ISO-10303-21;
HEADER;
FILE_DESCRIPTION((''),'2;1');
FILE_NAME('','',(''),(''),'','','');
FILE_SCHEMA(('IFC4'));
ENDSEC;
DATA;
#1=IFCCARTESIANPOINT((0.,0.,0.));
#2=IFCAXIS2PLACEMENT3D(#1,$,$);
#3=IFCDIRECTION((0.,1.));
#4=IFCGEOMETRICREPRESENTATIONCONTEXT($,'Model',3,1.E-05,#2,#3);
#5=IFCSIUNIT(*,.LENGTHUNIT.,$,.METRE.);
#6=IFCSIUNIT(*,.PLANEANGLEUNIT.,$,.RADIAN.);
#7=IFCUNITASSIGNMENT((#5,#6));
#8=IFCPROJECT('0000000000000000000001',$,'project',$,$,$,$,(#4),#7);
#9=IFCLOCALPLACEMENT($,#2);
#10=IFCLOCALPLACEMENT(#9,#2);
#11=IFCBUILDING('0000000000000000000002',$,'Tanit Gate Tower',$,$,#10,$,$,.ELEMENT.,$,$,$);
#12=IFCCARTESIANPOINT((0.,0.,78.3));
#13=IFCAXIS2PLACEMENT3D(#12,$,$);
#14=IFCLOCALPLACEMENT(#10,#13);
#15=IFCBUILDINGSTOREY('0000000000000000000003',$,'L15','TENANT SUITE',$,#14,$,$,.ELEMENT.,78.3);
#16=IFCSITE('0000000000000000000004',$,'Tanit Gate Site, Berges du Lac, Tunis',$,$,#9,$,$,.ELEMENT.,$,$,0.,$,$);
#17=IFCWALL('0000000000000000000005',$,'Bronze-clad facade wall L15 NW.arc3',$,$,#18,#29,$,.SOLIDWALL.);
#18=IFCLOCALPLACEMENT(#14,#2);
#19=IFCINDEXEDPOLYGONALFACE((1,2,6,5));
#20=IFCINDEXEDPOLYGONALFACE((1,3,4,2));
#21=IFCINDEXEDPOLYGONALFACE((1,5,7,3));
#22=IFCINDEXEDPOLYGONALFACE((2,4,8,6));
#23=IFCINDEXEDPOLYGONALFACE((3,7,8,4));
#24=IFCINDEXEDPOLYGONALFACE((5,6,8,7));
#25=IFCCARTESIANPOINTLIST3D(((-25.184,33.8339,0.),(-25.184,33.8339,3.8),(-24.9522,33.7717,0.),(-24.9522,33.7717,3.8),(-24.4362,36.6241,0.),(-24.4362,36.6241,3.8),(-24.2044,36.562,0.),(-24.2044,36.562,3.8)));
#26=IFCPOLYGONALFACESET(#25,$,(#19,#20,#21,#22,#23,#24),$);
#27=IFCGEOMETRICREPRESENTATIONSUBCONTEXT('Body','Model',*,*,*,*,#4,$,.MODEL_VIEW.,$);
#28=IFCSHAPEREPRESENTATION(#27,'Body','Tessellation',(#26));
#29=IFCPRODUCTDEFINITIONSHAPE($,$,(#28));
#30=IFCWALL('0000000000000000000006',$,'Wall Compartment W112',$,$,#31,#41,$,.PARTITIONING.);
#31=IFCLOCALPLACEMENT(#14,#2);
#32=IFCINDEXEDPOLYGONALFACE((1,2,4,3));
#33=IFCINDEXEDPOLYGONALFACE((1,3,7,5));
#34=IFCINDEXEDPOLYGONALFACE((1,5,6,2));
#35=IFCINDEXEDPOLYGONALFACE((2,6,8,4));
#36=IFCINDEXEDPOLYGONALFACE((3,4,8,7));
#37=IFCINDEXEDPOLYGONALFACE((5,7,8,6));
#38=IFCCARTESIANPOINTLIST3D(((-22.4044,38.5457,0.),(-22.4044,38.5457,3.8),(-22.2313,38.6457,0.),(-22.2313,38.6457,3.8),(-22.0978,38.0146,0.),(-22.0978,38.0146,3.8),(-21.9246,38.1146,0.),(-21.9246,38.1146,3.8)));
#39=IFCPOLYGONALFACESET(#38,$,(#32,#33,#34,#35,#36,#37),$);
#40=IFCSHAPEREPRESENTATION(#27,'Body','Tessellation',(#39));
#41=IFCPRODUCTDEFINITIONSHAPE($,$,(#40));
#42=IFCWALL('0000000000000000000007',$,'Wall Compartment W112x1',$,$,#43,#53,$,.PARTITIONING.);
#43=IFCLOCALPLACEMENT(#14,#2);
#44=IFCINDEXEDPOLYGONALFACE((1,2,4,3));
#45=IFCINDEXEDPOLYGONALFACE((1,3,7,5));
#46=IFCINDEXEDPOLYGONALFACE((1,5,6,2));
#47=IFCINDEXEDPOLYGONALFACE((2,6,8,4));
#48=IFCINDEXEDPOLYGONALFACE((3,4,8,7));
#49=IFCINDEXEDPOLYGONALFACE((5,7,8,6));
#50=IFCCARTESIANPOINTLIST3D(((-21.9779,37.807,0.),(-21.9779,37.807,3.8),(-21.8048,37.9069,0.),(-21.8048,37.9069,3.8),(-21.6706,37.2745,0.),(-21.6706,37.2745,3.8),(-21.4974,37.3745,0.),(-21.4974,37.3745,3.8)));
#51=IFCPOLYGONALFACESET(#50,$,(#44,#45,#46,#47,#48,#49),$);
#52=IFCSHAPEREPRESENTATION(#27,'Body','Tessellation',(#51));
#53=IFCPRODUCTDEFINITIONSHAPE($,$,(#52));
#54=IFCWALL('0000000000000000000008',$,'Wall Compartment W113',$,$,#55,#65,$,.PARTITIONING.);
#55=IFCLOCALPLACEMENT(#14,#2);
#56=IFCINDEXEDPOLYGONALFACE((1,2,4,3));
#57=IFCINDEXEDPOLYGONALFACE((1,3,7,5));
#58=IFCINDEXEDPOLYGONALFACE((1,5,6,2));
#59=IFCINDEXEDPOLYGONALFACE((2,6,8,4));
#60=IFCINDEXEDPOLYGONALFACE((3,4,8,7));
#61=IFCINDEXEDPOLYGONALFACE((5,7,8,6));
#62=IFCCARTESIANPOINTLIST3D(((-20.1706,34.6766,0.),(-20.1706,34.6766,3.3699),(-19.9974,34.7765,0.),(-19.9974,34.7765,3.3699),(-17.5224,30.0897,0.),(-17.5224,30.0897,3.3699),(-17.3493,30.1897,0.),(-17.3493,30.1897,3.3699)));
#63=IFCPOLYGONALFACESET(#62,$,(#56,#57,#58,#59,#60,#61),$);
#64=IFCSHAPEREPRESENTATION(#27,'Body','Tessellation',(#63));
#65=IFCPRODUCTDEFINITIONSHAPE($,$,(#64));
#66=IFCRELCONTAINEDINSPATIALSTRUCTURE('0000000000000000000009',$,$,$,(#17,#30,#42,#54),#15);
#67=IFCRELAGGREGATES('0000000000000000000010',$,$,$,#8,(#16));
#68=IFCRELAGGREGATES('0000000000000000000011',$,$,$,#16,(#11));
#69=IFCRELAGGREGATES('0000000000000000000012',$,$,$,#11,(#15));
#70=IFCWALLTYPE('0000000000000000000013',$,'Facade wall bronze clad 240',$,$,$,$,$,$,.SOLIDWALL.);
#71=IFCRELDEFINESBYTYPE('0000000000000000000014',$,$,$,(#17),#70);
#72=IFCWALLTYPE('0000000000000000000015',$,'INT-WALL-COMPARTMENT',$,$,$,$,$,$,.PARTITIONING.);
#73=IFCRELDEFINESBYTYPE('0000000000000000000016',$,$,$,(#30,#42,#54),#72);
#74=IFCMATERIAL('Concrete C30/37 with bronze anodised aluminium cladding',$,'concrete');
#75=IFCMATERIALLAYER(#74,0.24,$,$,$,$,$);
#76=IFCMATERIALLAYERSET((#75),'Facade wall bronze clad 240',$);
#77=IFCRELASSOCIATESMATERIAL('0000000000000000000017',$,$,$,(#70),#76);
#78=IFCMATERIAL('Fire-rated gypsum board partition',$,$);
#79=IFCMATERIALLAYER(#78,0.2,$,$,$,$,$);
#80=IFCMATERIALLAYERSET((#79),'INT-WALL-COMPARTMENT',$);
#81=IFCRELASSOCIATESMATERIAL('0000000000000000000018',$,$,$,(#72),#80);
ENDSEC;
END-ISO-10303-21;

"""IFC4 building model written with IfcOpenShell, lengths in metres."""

from ifc_helpers import new_model, si_unit, direction, frame, frame_2d, origin, place, context, subcontext, project, spatial, rectangle, extrude, material, layer, layer_set, type_object, element, save


model = new_model("IFC4")

# Units and contexts
model_context = context("Model", 3, precision=1e-05, world=origin(), true_north=direction((0.0, 1.0)))
body_context = subcontext(model_context, "Body", "Model", "MODEL_VIEW")
ifc_project = project(units=[si_unit("LENGTHUNIT", "METRE"), si_unit("PLANEANGLEUNIT", "RADIAN")], contexts=[model_context])

# Site, building, storey
site_placement = place(None, origin())
site = spatial("IfcSite", under=ifc_project, at=site_placement, Name="Tanit Gate Site, Berges du Lac, Tunis", CompositionType="ELEMENT", RefElevation=0.0)
building_placement = place(site_placement, origin())
building = spatial("IfcBuilding", under=site, at=building_placement, Name="Tanit Gate Tower", CompositionType="ELEMENT")
storey_placement = place(building_placement, frame((0.0, 0.0, 78.3)))
storey = spatial("IfcBuildingStorey", under=building, at=storey_placement, Name="L15", Description="TENANT SUITE", CompositionType="ELEMENT", Elevation=78.3)

# Walls
ifc_material_1 = material(Name="Concrete C30/37 with bronze anodised aluminium cladding", Category="concrete")
ifc_layer_1 = layer(ifc_material_1, 0.24)
ifc_layer_set_1 = layer_set([ifc_layer_1], Name="Facade wall bronze clad 240")
wall_type_1 = type_object("IfcWallType", Name="Facade wall bronze clad 240", PredefinedType="SOLIDWALL", material=ifc_layer_set_1)
wall_1_placement = place(storey_placement, frame((-24.3203, 36.593, 0.0), z_axis=(0.0, 0.0, 1.0), x_axis=(-0.258867, -0.965913, 0.0)))
element("IfcWall", 1, at=wall_1_placement, inside=storey, type_object=wall_type_1, Name="Bronze-clad facade wall L15 NW.arc3", PredefinedType="SOLIDWALL", context=body_context, shape_type="SweptSolid", body=[
    extrude(rectangle(XDim=2.8887, YDim=0.24, at=frame_2d((1.4443, 0.0))), origin(), (0.0, 0.0, 1.0), 3.8),
])
ifc_material_2 = material(Name="Fire-rated gypsum board partition")
ifc_layer_2 = layer(ifc_material_2, 0.2)
ifc_layer_set_2 = layer_set([ifc_layer_2], Name="INT-WALL-COMPARTMENT")
wall_type_2 = type_object("IfcWallType", Name="INT-WALL-COMPARTMENT", PredefinedType="PARTITIONING", material=ifc_layer_set_2)
wall_2_placement = place(storey_placement, frame((-22.3179, 38.5957, 0.0), z_axis=(0.0, 0.0, 1.0), x_axis=(0.500079, -0.86598, 0.0)))
element("IfcWall", 2, at=wall_2_placement, inside=storey, type_object=wall_type_2, Name="Wall Compartment W112", PredefinedType="PARTITIONING", context=body_context, shape_type="SweptSolid", body=[
    extrude(rectangle(XDim=0.6133, YDim=0.2, at=frame_2d((0.3066, 0.0))), origin(), (0.0, 0.0, 1.0), 3.8),
])
wall_3_placement = place(storey_placement, frame((-21.8914, 37.8569, 0.0), z_axis=(0.0, 0.0, 1.0), x_axis=(0.49994, -0.86606, 0.0)))
element("IfcWall", 3, at=wall_3_placement, inside=storey, type_object=wall_type_2, Name="Wall Compartment W112x1", PredefinedType="PARTITIONING", context=body_context, shape_type="SweptSolid", body=[
    extrude(rectangle(XDim=0.6147, YDim=0.2, at=frame_2d((0.3074, 0.0))), origin(), (0.0, 0.0, 1.0), 3.8),
])
wall_4_placement = place(storey_placement, frame((-20.084, 34.7266, 0.0), z_axis=(0.0, 0.0, 1.0), x_axis=(0.499991, -0.866031, 0.0)))
element("IfcWall", 4, at=wall_4_placement, inside=storey, type_object=wall_type_2, Name="Wall Compartment W113", PredefinedType="PARTITIONING", context=body_context, shape_type="SweptSolid", body=[
    extrude(rectangle(XDim=5.2964, YDim=0.2, at=frame_2d((2.6482, 0.0))), origin(), (0.0, 0.0, 1.0), 3.3699),
])

save(model, "model.ifc")
